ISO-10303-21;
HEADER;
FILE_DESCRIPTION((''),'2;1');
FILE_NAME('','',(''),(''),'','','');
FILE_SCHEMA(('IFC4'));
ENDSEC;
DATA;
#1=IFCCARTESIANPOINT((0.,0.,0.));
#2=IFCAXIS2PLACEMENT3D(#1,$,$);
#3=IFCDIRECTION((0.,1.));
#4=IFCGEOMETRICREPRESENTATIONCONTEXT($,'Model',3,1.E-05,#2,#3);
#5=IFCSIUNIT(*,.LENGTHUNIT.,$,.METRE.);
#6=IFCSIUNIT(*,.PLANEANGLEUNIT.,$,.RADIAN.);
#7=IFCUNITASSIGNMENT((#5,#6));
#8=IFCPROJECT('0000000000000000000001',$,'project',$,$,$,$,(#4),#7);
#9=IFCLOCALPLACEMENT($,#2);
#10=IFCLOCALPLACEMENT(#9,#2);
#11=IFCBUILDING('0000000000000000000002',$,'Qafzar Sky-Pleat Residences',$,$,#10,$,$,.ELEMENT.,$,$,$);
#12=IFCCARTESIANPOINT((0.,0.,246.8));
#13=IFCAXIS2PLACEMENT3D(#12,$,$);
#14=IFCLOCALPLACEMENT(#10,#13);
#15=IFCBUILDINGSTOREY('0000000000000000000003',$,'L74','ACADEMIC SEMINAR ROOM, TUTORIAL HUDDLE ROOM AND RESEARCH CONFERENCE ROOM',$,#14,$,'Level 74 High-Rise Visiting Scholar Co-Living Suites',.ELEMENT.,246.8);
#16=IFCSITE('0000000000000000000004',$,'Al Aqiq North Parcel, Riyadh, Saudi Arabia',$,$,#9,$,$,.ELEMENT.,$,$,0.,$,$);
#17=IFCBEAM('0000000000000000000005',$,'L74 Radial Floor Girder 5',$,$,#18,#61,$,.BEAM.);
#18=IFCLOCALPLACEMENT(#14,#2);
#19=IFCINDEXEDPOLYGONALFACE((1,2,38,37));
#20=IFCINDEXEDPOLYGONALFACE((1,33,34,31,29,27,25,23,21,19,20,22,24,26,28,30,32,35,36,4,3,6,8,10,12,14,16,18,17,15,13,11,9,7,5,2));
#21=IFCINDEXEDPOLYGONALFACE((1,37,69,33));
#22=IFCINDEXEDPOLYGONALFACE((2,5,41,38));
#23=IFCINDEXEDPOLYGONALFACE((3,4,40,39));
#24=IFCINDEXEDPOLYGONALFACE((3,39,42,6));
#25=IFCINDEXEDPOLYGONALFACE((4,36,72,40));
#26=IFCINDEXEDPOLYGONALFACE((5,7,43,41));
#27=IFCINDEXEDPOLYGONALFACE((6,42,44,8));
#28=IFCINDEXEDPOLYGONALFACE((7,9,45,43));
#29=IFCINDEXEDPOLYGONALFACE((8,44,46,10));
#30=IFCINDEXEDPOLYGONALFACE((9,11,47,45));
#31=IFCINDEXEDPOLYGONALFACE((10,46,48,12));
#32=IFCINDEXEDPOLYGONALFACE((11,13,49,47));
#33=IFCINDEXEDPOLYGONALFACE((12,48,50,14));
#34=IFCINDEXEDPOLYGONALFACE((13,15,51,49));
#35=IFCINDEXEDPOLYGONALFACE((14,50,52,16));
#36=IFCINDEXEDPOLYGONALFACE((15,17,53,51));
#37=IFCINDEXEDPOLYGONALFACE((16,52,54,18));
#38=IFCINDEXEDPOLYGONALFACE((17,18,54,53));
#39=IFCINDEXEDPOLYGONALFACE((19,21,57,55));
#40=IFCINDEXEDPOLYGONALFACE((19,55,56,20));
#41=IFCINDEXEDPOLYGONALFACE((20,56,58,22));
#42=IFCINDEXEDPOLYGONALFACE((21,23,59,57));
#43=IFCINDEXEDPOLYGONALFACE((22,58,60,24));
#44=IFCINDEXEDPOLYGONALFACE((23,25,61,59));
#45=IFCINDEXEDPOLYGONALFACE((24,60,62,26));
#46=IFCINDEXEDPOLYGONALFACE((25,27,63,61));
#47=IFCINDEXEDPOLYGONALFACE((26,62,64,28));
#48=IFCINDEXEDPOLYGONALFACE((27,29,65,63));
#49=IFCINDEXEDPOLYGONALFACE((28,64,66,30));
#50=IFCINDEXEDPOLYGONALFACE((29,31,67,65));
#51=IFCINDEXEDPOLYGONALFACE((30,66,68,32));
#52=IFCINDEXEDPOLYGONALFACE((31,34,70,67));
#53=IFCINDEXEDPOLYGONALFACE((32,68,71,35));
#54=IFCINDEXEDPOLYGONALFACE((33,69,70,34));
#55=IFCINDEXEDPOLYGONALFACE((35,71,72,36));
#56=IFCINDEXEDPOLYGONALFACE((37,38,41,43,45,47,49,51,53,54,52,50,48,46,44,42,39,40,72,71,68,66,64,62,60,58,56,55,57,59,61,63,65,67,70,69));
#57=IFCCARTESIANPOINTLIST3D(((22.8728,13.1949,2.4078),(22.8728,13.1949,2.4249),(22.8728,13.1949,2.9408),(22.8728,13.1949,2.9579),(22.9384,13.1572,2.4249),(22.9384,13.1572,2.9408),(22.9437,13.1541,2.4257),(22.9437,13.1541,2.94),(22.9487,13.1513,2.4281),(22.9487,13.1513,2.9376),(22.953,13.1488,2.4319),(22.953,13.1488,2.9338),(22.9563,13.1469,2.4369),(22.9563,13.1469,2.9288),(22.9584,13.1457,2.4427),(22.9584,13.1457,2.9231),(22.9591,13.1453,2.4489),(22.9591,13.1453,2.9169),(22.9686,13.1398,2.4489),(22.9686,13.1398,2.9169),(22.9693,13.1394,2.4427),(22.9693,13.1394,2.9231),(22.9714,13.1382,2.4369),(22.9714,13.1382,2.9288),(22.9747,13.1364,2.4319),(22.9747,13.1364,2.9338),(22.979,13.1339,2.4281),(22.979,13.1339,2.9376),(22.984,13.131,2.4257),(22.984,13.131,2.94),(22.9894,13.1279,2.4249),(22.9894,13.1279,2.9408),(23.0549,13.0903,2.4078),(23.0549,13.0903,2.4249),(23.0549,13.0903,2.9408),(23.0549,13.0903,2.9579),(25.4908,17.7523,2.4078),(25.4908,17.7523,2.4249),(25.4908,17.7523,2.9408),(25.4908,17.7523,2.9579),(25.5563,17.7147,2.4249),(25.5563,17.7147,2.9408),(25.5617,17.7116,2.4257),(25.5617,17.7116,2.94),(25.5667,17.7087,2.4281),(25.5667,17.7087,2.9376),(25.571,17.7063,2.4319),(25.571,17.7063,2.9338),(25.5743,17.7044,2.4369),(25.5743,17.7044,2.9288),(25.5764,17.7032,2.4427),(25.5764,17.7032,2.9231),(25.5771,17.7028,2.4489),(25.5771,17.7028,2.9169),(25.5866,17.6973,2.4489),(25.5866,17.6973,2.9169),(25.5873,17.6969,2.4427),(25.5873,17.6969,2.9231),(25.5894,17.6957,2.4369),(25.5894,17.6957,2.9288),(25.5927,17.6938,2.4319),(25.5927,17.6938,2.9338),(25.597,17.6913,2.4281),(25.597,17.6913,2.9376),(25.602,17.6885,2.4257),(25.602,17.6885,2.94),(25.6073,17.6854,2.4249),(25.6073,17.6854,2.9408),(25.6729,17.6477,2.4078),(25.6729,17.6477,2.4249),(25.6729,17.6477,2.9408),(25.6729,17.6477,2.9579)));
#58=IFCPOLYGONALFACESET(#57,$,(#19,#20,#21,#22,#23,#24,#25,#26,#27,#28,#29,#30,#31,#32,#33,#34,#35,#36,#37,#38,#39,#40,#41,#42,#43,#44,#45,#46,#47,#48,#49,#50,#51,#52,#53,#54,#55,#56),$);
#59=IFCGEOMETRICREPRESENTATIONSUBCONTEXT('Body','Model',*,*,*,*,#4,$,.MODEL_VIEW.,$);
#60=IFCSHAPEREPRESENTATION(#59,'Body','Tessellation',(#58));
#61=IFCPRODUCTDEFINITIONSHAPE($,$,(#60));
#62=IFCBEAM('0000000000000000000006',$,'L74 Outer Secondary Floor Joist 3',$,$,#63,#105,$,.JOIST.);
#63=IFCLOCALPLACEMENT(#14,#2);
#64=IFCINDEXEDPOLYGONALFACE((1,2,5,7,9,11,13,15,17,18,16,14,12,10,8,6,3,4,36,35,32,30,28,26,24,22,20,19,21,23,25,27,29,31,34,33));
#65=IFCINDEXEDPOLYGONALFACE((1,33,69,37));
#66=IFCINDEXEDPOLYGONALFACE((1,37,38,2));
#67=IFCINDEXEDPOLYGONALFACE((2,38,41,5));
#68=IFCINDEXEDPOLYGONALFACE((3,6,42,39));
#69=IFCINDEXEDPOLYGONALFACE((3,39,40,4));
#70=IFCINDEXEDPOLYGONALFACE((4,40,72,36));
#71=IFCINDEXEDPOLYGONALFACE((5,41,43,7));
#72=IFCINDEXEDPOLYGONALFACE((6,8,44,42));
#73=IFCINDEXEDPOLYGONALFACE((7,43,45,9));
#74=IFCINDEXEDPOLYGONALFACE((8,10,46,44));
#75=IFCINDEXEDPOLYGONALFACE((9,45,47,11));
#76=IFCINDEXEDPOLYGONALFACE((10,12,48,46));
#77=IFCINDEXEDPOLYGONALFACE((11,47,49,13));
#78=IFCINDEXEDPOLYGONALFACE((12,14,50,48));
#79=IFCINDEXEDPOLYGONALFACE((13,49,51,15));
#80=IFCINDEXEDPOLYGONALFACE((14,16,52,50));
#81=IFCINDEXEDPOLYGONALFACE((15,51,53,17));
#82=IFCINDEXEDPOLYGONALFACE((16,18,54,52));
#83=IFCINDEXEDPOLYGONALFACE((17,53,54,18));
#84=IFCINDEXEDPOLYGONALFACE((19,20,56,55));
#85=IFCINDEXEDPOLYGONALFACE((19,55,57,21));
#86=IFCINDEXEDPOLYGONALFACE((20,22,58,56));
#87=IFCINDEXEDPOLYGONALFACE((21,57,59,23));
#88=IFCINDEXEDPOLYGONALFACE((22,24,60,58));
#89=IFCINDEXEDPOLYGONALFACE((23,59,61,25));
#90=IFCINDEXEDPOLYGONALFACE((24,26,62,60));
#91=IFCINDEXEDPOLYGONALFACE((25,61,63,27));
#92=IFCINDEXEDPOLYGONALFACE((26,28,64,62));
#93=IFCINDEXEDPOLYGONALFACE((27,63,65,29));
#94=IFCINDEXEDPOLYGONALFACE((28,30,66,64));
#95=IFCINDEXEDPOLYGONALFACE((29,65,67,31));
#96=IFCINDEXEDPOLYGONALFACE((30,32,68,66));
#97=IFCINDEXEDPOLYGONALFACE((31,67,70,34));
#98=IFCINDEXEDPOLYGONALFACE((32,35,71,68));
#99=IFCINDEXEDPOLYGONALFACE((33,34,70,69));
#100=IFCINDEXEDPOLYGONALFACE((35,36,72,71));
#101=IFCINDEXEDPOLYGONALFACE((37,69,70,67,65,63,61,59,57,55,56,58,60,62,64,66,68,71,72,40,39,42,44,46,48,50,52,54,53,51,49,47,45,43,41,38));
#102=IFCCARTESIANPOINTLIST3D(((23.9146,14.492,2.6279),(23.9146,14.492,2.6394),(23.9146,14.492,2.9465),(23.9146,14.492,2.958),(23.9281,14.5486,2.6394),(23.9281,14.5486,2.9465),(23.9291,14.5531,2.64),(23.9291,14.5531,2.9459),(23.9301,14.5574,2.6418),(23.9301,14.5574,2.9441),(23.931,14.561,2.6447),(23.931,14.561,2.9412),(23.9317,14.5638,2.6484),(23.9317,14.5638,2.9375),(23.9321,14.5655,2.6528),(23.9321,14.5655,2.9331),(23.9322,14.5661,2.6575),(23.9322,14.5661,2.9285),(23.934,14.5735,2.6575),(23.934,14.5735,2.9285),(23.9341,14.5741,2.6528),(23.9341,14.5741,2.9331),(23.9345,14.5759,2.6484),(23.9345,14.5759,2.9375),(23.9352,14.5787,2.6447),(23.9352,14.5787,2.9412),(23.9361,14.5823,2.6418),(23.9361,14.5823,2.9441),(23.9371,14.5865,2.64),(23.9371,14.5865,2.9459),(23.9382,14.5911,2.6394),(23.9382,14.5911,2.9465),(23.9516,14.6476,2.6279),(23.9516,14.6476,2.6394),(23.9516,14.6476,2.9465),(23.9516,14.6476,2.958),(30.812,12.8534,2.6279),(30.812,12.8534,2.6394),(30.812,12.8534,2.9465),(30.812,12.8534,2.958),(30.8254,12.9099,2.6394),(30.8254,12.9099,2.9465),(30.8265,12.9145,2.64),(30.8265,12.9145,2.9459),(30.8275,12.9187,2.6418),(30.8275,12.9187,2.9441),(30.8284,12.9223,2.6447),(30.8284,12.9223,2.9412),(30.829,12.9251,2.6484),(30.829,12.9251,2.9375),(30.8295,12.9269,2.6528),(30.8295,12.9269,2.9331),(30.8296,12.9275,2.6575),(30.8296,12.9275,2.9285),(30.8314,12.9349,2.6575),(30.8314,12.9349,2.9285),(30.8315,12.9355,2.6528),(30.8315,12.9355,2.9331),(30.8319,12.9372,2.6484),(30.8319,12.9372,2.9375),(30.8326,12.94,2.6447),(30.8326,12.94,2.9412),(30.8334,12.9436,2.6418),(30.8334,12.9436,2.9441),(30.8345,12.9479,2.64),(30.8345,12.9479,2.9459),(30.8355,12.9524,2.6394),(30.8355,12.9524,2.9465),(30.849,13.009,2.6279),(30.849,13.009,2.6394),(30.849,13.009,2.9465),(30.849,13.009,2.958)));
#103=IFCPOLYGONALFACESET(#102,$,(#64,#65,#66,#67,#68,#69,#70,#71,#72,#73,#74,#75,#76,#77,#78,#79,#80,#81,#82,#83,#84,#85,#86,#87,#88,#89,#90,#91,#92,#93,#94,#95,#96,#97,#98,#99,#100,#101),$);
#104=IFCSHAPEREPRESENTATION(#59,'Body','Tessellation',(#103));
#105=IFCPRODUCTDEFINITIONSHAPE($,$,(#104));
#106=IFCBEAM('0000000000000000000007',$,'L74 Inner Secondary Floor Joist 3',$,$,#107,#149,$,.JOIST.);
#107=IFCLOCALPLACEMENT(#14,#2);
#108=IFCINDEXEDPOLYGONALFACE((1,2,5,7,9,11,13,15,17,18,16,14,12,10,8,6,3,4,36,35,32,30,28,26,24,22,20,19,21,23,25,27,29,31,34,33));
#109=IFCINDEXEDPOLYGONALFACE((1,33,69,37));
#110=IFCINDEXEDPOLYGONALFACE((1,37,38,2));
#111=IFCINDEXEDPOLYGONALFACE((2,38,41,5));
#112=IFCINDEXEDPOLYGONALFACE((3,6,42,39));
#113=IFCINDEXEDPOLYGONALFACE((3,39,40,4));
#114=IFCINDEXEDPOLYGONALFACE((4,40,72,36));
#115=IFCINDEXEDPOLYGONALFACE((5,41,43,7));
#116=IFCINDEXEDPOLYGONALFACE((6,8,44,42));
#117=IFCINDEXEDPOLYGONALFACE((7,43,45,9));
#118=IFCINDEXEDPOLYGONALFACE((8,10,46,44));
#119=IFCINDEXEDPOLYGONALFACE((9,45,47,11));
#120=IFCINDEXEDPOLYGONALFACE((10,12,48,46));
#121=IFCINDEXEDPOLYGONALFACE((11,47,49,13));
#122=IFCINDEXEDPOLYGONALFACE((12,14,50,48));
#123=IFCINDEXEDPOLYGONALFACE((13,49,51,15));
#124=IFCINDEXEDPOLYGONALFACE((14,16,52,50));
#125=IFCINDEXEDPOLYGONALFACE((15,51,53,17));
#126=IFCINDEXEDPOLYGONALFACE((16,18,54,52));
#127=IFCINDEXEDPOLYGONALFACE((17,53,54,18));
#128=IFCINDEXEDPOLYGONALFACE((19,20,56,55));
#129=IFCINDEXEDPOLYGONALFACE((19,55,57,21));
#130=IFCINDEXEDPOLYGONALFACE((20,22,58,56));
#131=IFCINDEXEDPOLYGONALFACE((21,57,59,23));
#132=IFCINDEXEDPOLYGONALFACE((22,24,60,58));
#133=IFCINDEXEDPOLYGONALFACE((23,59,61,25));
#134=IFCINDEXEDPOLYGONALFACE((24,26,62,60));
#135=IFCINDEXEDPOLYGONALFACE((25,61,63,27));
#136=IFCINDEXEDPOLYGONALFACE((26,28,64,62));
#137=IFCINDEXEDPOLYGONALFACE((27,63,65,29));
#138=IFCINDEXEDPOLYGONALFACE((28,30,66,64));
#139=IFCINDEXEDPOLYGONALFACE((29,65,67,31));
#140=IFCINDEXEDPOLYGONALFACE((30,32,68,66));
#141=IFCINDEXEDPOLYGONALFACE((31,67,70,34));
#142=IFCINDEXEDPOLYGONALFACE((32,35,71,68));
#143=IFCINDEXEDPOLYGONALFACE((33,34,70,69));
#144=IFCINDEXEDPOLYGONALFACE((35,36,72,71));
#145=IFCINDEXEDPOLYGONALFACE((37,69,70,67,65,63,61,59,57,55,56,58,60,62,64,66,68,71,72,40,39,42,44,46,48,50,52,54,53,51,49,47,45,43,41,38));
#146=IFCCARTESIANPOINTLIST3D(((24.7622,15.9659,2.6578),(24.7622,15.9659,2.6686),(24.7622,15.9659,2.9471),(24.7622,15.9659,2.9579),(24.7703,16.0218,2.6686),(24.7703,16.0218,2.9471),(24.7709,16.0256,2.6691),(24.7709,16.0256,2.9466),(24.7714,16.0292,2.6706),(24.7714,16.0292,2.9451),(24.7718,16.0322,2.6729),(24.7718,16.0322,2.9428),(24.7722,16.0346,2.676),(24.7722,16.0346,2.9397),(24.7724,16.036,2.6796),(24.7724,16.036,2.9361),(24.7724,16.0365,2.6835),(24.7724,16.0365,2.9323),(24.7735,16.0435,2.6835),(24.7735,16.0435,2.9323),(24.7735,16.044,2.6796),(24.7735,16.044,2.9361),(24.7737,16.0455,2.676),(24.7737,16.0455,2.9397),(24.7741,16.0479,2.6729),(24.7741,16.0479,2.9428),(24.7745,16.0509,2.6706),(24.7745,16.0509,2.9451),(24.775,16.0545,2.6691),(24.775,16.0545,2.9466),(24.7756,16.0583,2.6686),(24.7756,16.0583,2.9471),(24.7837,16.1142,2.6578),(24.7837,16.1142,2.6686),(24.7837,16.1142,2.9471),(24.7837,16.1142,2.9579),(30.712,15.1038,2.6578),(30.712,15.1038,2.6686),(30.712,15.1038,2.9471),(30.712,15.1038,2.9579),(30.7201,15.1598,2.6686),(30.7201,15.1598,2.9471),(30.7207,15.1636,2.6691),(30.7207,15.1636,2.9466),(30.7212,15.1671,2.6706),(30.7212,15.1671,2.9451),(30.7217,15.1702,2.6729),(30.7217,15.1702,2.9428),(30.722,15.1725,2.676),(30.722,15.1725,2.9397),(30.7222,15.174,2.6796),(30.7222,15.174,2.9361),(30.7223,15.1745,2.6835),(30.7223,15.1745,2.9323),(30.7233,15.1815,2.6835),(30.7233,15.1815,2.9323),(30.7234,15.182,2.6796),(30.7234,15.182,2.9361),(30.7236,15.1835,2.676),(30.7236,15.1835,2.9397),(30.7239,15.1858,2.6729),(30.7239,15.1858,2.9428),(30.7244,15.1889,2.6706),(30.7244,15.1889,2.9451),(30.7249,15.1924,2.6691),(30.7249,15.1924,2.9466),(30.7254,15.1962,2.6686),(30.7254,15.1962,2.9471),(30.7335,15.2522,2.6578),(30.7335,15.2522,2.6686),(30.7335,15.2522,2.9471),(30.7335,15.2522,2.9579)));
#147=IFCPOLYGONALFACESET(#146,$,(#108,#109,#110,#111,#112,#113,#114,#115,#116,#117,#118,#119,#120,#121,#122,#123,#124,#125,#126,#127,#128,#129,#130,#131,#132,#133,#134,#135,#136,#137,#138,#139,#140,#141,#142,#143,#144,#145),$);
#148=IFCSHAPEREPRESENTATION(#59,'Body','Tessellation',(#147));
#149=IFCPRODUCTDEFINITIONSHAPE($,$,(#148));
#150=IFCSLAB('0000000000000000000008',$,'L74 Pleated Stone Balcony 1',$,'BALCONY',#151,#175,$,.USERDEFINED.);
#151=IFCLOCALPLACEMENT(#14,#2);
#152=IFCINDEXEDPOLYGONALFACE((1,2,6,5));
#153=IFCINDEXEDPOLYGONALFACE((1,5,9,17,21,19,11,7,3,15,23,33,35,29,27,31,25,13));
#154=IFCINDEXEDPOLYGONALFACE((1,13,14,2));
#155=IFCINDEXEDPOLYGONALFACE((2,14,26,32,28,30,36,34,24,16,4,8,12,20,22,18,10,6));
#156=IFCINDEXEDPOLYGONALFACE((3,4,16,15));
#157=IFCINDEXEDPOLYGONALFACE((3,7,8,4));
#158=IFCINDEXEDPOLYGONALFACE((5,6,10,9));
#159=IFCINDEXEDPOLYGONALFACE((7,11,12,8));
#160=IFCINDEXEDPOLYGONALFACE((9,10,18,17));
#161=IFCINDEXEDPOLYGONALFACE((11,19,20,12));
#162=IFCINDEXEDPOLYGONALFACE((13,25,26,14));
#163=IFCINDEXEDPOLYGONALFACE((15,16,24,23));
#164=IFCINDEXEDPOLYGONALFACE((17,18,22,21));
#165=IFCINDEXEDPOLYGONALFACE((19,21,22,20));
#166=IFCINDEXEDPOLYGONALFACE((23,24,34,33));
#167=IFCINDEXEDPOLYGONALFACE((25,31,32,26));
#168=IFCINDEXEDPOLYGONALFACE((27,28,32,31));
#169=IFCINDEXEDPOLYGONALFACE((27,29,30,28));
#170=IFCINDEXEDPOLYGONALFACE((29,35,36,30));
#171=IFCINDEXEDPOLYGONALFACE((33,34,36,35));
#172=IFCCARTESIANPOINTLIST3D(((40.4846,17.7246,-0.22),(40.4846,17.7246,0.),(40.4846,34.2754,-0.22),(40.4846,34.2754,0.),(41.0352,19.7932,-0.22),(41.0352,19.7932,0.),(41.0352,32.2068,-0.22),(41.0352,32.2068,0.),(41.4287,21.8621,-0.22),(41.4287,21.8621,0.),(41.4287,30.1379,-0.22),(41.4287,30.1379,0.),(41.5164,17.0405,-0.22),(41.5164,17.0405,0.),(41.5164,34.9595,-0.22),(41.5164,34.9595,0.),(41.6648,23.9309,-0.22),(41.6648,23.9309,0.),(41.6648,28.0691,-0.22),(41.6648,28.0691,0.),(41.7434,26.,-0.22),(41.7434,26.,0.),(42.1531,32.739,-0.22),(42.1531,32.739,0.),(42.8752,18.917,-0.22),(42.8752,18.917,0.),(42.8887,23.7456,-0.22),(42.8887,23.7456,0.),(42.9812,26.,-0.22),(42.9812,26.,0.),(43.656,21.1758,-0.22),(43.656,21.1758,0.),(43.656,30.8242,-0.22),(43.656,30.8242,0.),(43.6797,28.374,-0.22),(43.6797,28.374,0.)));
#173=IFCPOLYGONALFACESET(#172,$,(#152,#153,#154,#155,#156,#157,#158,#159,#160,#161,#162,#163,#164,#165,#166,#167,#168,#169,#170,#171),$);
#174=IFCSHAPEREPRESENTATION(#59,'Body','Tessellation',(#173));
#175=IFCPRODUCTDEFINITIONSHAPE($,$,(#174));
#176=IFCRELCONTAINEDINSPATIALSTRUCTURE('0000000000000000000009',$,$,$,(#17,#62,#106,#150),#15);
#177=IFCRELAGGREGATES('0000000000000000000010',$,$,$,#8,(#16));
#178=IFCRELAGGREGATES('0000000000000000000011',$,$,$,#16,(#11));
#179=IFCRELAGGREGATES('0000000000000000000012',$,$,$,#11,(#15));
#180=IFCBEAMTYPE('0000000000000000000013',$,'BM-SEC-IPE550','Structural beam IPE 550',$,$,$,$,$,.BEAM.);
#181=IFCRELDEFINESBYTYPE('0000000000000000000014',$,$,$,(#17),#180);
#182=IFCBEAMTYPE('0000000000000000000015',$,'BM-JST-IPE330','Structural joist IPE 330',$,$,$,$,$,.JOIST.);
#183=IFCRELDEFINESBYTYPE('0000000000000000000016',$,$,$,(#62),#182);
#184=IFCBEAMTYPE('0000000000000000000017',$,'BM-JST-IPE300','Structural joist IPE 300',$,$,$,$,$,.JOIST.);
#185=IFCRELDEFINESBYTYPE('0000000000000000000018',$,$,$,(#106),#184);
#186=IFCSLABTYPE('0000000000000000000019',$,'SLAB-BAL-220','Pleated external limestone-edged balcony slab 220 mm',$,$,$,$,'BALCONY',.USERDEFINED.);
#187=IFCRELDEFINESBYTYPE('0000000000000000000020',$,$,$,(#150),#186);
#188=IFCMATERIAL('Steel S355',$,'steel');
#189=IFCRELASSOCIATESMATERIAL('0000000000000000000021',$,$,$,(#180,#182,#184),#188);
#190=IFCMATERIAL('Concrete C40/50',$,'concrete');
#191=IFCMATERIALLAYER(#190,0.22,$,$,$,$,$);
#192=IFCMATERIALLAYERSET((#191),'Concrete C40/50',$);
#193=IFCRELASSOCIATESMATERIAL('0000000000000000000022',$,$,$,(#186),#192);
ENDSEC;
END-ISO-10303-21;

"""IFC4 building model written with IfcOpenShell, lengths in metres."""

from ifc_helpers import new_model, si_unit, direction, frame, origin, origin_2d, place, context, subcontext, project, spatial, polyline, i_section, outline, extrude, source, transform, mapped, material, layer, layer_set, material_profile, profile_set, type_object, element, save


model = new_model("IFC4")

# Units and contexts
model_context = context("Model", 3, precision=1e-05, world=origin(), true_north=direction((0.0, 1.0)))
body_context = subcontext(model_context, "Body", "Model", "MODEL_VIEW")
ifc_project = project(units=[si_unit("LENGTHUNIT", "METRE"), si_unit("PLANEANGLEUNIT", "RADIAN")], contexts=[model_context])

# Site, building, storey
site_placement = place(None, origin())
site = spatial("IfcSite", under=ifc_project, at=site_placement, Name="Al Aqiq North Parcel, Riyadh, Saudi Arabia", CompositionType="ELEMENT", RefElevation=0.0)
building_placement = place(site_placement, origin())
building = spatial("IfcBuilding", under=site, at=building_placement, Name="Qafzar Sky-Pleat Residences", CompositionType="ELEMENT")
storey_placement = place(building_placement, frame((0.0, 0.0, 246.8)))
storey = spatial("IfcBuildingStorey", under=building, at=storey_placement, Name="L74", Description="ACADEMIC SEMINAR ROOM, TUTORIAL HUDDLE ROOM AND RESEARCH CONFERENCE ROOM", LongName="Level 74 High-Rise Visiting Scholar Co-Living Suites", CompositionType="ELEMENT", Elevation=246.8)

# Shared definitions
ifc_material_1 = material(Name="Steel S355", Category="steel")

# Beams
ifc_material_profile_1 = material_profile(ifc_material_1, i_section(OverallWidth=0.21, OverallDepth=0.55, WebThickness=0.011, FlangeThickness=0.0171, FilletRadius=0.0239, at=origin_2d()), Name="IPE 550")
ifc_profile_set_1 = profile_set([ifc_material_profile_1], Name="Steel S355")
beam_type_1 = type_object("IfcBeamType", Name="BM-SEC-IPE550", Description="Structural beam IPE 550", PredefinedType="BEAM", material=ifc_profile_set_1)
shared_shape_1 = source(origin(), body_context, "Body", "SweptSolid", [
    extrude(i_section(OverallWidth=0.21, OverallDepth=0.55, WebThickness=0.011, FlangeThickness=0.0171, FilletRadius=0.0239, at=origin_2d()), origin(), (0.0, 0.0, 1.0), 5.2559),
])
beam_1_placement = place(storey_placement, frame((22.9639, 13.1426, 2.6829), z_axis=(0.498104, 0.867117, 0.0), x_axis=(-0.867117, 0.498104, 0.0)))
element("IfcBeam", 1, at=beam_1_placement, inside=storey, type_object=beam_type_1, Name="L74 Radial Floor Girder 5", PredefinedType="BEAM", context=body_context, shape_type="MappedRepresentation", body=[
    mapped(shared_shape_1, transform((0.0, 0.0, 0.0), x_axis=(1.0, 0.0, 0.0), y_axis=(0.0, 1.0, 0.0), z_axis=(0.0, 0.0, 1.0), scale=1.0)),
])
ifc_material_profile_2 = material_profile(ifc_material_1, i_section(OverallWidth=0.1599, OverallDepth=0.3301, WebThickness=0.0076, FlangeThickness=0.0115, FilletRadius=0.0181, at=origin_2d()), Name="IPE 330")
ifc_profile_set_2 = profile_set([ifc_material_profile_2], Name="Steel S355")
beam_type_2 = type_object("IfcBeamType", Name="BM-JST-IPE330", Description="Structural joist IPE 330", PredefinedType="JOIST", material=ifc_profile_set_2)
shared_shape_2 = source(origin(), body_context, "Body", "SweptSolid", [
    extrude(i_section(OverallWidth=0.1599, OverallDepth=0.3301, WebThickness=0.0076, FlangeThickness=0.0115, FilletRadius=0.0181, at=origin_2d()), origin(), (0.0, 0.0, 1.0), 7.0894),
])
beam_2_placement = place(storey_placement, frame((23.9331, 14.5698, 2.793), z_axis=(0.97292, -0.231143, 0.0), x_axis=(0.231143, 0.97292, 0.0)))
element("IfcBeam", 2, at=beam_2_placement, inside=storey, type_object=beam_type_2, Name="L74 Outer Secondary Floor Joist 3", PredefinedType="JOIST", context=body_context, shape_type="MappedRepresentation", body=[
    mapped(shared_shape_2, transform((0.0, 0.0, 0.0), x_axis=(1.0, 0.0, 0.0), y_axis=(0.0, 1.0, 0.0), z_axis=(0.0, 0.0, 1.0), scale=1.0)),
])
ifc_material_profile_3 = material_profile(ifc_material_1, i_section(OverallWidth=0.1499, OverallDepth=0.3, WebThickness=0.0071, FlangeThickness=0.0107, FilletRadius=0.0149, at=origin_2d()), Name="IPE 300")
ifc_profile_set_3 = profile_set([ifc_material_profile_3], Name="Steel S355")
beam_type_3 = type_object("IfcBeamType", Name="BM-JST-IPE300", Description="Structural joist IPE 300", PredefinedType="JOIST", material=ifc_profile_set_3)
shared_shape_3 = source(origin(), body_context, "Body", "SweptSolid", [
    extrude(i_section(OverallWidth=0.1499, OverallDepth=0.3, WebThickness=0.0071, FlangeThickness=0.0107, FilletRadius=0.0149, at=origin_2d()), origin(), (0.0, 0.0, 1.0), 6.012),
])
beam_3_placement = place(storey_placement, frame((24.7729, 16.04, 2.8079), z_axis=(0.989667, -0.143388, 0.0), x_axis=(0.143388, 0.989667, 0.0)))
element("IfcBeam", 3, at=beam_3_placement, inside=storey, type_object=beam_type_3, Name="L74 Inner Secondary Floor Joist 3", PredefinedType="JOIST", context=body_context, shape_type="MappedRepresentation", body=[
    mapped(shared_shape_3, transform((0.0, 0.0, 0.0), x_axis=(1.0, 0.0, 0.0), y_axis=(0.0, 1.0, 0.0), z_axis=(0.0, 0.0, 1.0), scale=1.0)),
])

# Slab
ifc_material_2 = material(Name="Concrete C40/50", Category="concrete")
ifc_layer_1 = layer(ifc_material_2, 0.22)
ifc_layer_set_1 = layer_set([ifc_layer_1], Name="Concrete C40/50")
slab_type_1 = type_object("IfcSlabType", Name="SLAB-BAL-220", Description="Pleated external limestone-edged balcony slab 220 mm", ElementType="BALCONY", PredefinedType="USERDEFINED", material=ifc_layer_set_1)
slab_1_placement = place(storey_placement, frame((0.0, 0.0, -0.22)))
element("IfcSlab", 4, at=slab_1_placement, inside=storey, type_object=slab_type_1, Name="L74 Pleated Stone Balcony 1", ObjectType="BALCONY", PredefinedType="USERDEFINED", context=body_context, shape_type="SweptSolid", body=[
    extrude(outline(polyline([(41.0352, 19.7932), (41.4287, 21.8621), (41.6648, 23.9309), (41.7434, 26.0), (41.6648, 28.0691), (41.4287, 30.1379), (41.0352, 32.2068), (40.4846, 34.2754), (41.5164, 34.9595), (42.1531, 32.739), (43.656, 30.8242), (43.6797, 28.374), (42.9812, 26.0), (42.8887, 23.7456), (43.656, 21.1758), (42.8752, 18.917), (41.5164, 17.0405), (40.4846, 17.7246), (41.0352, 19.7932)])), origin(), (0.0, 0.0, 1.0), 0.22),
])

save(model, "model.ifc")
